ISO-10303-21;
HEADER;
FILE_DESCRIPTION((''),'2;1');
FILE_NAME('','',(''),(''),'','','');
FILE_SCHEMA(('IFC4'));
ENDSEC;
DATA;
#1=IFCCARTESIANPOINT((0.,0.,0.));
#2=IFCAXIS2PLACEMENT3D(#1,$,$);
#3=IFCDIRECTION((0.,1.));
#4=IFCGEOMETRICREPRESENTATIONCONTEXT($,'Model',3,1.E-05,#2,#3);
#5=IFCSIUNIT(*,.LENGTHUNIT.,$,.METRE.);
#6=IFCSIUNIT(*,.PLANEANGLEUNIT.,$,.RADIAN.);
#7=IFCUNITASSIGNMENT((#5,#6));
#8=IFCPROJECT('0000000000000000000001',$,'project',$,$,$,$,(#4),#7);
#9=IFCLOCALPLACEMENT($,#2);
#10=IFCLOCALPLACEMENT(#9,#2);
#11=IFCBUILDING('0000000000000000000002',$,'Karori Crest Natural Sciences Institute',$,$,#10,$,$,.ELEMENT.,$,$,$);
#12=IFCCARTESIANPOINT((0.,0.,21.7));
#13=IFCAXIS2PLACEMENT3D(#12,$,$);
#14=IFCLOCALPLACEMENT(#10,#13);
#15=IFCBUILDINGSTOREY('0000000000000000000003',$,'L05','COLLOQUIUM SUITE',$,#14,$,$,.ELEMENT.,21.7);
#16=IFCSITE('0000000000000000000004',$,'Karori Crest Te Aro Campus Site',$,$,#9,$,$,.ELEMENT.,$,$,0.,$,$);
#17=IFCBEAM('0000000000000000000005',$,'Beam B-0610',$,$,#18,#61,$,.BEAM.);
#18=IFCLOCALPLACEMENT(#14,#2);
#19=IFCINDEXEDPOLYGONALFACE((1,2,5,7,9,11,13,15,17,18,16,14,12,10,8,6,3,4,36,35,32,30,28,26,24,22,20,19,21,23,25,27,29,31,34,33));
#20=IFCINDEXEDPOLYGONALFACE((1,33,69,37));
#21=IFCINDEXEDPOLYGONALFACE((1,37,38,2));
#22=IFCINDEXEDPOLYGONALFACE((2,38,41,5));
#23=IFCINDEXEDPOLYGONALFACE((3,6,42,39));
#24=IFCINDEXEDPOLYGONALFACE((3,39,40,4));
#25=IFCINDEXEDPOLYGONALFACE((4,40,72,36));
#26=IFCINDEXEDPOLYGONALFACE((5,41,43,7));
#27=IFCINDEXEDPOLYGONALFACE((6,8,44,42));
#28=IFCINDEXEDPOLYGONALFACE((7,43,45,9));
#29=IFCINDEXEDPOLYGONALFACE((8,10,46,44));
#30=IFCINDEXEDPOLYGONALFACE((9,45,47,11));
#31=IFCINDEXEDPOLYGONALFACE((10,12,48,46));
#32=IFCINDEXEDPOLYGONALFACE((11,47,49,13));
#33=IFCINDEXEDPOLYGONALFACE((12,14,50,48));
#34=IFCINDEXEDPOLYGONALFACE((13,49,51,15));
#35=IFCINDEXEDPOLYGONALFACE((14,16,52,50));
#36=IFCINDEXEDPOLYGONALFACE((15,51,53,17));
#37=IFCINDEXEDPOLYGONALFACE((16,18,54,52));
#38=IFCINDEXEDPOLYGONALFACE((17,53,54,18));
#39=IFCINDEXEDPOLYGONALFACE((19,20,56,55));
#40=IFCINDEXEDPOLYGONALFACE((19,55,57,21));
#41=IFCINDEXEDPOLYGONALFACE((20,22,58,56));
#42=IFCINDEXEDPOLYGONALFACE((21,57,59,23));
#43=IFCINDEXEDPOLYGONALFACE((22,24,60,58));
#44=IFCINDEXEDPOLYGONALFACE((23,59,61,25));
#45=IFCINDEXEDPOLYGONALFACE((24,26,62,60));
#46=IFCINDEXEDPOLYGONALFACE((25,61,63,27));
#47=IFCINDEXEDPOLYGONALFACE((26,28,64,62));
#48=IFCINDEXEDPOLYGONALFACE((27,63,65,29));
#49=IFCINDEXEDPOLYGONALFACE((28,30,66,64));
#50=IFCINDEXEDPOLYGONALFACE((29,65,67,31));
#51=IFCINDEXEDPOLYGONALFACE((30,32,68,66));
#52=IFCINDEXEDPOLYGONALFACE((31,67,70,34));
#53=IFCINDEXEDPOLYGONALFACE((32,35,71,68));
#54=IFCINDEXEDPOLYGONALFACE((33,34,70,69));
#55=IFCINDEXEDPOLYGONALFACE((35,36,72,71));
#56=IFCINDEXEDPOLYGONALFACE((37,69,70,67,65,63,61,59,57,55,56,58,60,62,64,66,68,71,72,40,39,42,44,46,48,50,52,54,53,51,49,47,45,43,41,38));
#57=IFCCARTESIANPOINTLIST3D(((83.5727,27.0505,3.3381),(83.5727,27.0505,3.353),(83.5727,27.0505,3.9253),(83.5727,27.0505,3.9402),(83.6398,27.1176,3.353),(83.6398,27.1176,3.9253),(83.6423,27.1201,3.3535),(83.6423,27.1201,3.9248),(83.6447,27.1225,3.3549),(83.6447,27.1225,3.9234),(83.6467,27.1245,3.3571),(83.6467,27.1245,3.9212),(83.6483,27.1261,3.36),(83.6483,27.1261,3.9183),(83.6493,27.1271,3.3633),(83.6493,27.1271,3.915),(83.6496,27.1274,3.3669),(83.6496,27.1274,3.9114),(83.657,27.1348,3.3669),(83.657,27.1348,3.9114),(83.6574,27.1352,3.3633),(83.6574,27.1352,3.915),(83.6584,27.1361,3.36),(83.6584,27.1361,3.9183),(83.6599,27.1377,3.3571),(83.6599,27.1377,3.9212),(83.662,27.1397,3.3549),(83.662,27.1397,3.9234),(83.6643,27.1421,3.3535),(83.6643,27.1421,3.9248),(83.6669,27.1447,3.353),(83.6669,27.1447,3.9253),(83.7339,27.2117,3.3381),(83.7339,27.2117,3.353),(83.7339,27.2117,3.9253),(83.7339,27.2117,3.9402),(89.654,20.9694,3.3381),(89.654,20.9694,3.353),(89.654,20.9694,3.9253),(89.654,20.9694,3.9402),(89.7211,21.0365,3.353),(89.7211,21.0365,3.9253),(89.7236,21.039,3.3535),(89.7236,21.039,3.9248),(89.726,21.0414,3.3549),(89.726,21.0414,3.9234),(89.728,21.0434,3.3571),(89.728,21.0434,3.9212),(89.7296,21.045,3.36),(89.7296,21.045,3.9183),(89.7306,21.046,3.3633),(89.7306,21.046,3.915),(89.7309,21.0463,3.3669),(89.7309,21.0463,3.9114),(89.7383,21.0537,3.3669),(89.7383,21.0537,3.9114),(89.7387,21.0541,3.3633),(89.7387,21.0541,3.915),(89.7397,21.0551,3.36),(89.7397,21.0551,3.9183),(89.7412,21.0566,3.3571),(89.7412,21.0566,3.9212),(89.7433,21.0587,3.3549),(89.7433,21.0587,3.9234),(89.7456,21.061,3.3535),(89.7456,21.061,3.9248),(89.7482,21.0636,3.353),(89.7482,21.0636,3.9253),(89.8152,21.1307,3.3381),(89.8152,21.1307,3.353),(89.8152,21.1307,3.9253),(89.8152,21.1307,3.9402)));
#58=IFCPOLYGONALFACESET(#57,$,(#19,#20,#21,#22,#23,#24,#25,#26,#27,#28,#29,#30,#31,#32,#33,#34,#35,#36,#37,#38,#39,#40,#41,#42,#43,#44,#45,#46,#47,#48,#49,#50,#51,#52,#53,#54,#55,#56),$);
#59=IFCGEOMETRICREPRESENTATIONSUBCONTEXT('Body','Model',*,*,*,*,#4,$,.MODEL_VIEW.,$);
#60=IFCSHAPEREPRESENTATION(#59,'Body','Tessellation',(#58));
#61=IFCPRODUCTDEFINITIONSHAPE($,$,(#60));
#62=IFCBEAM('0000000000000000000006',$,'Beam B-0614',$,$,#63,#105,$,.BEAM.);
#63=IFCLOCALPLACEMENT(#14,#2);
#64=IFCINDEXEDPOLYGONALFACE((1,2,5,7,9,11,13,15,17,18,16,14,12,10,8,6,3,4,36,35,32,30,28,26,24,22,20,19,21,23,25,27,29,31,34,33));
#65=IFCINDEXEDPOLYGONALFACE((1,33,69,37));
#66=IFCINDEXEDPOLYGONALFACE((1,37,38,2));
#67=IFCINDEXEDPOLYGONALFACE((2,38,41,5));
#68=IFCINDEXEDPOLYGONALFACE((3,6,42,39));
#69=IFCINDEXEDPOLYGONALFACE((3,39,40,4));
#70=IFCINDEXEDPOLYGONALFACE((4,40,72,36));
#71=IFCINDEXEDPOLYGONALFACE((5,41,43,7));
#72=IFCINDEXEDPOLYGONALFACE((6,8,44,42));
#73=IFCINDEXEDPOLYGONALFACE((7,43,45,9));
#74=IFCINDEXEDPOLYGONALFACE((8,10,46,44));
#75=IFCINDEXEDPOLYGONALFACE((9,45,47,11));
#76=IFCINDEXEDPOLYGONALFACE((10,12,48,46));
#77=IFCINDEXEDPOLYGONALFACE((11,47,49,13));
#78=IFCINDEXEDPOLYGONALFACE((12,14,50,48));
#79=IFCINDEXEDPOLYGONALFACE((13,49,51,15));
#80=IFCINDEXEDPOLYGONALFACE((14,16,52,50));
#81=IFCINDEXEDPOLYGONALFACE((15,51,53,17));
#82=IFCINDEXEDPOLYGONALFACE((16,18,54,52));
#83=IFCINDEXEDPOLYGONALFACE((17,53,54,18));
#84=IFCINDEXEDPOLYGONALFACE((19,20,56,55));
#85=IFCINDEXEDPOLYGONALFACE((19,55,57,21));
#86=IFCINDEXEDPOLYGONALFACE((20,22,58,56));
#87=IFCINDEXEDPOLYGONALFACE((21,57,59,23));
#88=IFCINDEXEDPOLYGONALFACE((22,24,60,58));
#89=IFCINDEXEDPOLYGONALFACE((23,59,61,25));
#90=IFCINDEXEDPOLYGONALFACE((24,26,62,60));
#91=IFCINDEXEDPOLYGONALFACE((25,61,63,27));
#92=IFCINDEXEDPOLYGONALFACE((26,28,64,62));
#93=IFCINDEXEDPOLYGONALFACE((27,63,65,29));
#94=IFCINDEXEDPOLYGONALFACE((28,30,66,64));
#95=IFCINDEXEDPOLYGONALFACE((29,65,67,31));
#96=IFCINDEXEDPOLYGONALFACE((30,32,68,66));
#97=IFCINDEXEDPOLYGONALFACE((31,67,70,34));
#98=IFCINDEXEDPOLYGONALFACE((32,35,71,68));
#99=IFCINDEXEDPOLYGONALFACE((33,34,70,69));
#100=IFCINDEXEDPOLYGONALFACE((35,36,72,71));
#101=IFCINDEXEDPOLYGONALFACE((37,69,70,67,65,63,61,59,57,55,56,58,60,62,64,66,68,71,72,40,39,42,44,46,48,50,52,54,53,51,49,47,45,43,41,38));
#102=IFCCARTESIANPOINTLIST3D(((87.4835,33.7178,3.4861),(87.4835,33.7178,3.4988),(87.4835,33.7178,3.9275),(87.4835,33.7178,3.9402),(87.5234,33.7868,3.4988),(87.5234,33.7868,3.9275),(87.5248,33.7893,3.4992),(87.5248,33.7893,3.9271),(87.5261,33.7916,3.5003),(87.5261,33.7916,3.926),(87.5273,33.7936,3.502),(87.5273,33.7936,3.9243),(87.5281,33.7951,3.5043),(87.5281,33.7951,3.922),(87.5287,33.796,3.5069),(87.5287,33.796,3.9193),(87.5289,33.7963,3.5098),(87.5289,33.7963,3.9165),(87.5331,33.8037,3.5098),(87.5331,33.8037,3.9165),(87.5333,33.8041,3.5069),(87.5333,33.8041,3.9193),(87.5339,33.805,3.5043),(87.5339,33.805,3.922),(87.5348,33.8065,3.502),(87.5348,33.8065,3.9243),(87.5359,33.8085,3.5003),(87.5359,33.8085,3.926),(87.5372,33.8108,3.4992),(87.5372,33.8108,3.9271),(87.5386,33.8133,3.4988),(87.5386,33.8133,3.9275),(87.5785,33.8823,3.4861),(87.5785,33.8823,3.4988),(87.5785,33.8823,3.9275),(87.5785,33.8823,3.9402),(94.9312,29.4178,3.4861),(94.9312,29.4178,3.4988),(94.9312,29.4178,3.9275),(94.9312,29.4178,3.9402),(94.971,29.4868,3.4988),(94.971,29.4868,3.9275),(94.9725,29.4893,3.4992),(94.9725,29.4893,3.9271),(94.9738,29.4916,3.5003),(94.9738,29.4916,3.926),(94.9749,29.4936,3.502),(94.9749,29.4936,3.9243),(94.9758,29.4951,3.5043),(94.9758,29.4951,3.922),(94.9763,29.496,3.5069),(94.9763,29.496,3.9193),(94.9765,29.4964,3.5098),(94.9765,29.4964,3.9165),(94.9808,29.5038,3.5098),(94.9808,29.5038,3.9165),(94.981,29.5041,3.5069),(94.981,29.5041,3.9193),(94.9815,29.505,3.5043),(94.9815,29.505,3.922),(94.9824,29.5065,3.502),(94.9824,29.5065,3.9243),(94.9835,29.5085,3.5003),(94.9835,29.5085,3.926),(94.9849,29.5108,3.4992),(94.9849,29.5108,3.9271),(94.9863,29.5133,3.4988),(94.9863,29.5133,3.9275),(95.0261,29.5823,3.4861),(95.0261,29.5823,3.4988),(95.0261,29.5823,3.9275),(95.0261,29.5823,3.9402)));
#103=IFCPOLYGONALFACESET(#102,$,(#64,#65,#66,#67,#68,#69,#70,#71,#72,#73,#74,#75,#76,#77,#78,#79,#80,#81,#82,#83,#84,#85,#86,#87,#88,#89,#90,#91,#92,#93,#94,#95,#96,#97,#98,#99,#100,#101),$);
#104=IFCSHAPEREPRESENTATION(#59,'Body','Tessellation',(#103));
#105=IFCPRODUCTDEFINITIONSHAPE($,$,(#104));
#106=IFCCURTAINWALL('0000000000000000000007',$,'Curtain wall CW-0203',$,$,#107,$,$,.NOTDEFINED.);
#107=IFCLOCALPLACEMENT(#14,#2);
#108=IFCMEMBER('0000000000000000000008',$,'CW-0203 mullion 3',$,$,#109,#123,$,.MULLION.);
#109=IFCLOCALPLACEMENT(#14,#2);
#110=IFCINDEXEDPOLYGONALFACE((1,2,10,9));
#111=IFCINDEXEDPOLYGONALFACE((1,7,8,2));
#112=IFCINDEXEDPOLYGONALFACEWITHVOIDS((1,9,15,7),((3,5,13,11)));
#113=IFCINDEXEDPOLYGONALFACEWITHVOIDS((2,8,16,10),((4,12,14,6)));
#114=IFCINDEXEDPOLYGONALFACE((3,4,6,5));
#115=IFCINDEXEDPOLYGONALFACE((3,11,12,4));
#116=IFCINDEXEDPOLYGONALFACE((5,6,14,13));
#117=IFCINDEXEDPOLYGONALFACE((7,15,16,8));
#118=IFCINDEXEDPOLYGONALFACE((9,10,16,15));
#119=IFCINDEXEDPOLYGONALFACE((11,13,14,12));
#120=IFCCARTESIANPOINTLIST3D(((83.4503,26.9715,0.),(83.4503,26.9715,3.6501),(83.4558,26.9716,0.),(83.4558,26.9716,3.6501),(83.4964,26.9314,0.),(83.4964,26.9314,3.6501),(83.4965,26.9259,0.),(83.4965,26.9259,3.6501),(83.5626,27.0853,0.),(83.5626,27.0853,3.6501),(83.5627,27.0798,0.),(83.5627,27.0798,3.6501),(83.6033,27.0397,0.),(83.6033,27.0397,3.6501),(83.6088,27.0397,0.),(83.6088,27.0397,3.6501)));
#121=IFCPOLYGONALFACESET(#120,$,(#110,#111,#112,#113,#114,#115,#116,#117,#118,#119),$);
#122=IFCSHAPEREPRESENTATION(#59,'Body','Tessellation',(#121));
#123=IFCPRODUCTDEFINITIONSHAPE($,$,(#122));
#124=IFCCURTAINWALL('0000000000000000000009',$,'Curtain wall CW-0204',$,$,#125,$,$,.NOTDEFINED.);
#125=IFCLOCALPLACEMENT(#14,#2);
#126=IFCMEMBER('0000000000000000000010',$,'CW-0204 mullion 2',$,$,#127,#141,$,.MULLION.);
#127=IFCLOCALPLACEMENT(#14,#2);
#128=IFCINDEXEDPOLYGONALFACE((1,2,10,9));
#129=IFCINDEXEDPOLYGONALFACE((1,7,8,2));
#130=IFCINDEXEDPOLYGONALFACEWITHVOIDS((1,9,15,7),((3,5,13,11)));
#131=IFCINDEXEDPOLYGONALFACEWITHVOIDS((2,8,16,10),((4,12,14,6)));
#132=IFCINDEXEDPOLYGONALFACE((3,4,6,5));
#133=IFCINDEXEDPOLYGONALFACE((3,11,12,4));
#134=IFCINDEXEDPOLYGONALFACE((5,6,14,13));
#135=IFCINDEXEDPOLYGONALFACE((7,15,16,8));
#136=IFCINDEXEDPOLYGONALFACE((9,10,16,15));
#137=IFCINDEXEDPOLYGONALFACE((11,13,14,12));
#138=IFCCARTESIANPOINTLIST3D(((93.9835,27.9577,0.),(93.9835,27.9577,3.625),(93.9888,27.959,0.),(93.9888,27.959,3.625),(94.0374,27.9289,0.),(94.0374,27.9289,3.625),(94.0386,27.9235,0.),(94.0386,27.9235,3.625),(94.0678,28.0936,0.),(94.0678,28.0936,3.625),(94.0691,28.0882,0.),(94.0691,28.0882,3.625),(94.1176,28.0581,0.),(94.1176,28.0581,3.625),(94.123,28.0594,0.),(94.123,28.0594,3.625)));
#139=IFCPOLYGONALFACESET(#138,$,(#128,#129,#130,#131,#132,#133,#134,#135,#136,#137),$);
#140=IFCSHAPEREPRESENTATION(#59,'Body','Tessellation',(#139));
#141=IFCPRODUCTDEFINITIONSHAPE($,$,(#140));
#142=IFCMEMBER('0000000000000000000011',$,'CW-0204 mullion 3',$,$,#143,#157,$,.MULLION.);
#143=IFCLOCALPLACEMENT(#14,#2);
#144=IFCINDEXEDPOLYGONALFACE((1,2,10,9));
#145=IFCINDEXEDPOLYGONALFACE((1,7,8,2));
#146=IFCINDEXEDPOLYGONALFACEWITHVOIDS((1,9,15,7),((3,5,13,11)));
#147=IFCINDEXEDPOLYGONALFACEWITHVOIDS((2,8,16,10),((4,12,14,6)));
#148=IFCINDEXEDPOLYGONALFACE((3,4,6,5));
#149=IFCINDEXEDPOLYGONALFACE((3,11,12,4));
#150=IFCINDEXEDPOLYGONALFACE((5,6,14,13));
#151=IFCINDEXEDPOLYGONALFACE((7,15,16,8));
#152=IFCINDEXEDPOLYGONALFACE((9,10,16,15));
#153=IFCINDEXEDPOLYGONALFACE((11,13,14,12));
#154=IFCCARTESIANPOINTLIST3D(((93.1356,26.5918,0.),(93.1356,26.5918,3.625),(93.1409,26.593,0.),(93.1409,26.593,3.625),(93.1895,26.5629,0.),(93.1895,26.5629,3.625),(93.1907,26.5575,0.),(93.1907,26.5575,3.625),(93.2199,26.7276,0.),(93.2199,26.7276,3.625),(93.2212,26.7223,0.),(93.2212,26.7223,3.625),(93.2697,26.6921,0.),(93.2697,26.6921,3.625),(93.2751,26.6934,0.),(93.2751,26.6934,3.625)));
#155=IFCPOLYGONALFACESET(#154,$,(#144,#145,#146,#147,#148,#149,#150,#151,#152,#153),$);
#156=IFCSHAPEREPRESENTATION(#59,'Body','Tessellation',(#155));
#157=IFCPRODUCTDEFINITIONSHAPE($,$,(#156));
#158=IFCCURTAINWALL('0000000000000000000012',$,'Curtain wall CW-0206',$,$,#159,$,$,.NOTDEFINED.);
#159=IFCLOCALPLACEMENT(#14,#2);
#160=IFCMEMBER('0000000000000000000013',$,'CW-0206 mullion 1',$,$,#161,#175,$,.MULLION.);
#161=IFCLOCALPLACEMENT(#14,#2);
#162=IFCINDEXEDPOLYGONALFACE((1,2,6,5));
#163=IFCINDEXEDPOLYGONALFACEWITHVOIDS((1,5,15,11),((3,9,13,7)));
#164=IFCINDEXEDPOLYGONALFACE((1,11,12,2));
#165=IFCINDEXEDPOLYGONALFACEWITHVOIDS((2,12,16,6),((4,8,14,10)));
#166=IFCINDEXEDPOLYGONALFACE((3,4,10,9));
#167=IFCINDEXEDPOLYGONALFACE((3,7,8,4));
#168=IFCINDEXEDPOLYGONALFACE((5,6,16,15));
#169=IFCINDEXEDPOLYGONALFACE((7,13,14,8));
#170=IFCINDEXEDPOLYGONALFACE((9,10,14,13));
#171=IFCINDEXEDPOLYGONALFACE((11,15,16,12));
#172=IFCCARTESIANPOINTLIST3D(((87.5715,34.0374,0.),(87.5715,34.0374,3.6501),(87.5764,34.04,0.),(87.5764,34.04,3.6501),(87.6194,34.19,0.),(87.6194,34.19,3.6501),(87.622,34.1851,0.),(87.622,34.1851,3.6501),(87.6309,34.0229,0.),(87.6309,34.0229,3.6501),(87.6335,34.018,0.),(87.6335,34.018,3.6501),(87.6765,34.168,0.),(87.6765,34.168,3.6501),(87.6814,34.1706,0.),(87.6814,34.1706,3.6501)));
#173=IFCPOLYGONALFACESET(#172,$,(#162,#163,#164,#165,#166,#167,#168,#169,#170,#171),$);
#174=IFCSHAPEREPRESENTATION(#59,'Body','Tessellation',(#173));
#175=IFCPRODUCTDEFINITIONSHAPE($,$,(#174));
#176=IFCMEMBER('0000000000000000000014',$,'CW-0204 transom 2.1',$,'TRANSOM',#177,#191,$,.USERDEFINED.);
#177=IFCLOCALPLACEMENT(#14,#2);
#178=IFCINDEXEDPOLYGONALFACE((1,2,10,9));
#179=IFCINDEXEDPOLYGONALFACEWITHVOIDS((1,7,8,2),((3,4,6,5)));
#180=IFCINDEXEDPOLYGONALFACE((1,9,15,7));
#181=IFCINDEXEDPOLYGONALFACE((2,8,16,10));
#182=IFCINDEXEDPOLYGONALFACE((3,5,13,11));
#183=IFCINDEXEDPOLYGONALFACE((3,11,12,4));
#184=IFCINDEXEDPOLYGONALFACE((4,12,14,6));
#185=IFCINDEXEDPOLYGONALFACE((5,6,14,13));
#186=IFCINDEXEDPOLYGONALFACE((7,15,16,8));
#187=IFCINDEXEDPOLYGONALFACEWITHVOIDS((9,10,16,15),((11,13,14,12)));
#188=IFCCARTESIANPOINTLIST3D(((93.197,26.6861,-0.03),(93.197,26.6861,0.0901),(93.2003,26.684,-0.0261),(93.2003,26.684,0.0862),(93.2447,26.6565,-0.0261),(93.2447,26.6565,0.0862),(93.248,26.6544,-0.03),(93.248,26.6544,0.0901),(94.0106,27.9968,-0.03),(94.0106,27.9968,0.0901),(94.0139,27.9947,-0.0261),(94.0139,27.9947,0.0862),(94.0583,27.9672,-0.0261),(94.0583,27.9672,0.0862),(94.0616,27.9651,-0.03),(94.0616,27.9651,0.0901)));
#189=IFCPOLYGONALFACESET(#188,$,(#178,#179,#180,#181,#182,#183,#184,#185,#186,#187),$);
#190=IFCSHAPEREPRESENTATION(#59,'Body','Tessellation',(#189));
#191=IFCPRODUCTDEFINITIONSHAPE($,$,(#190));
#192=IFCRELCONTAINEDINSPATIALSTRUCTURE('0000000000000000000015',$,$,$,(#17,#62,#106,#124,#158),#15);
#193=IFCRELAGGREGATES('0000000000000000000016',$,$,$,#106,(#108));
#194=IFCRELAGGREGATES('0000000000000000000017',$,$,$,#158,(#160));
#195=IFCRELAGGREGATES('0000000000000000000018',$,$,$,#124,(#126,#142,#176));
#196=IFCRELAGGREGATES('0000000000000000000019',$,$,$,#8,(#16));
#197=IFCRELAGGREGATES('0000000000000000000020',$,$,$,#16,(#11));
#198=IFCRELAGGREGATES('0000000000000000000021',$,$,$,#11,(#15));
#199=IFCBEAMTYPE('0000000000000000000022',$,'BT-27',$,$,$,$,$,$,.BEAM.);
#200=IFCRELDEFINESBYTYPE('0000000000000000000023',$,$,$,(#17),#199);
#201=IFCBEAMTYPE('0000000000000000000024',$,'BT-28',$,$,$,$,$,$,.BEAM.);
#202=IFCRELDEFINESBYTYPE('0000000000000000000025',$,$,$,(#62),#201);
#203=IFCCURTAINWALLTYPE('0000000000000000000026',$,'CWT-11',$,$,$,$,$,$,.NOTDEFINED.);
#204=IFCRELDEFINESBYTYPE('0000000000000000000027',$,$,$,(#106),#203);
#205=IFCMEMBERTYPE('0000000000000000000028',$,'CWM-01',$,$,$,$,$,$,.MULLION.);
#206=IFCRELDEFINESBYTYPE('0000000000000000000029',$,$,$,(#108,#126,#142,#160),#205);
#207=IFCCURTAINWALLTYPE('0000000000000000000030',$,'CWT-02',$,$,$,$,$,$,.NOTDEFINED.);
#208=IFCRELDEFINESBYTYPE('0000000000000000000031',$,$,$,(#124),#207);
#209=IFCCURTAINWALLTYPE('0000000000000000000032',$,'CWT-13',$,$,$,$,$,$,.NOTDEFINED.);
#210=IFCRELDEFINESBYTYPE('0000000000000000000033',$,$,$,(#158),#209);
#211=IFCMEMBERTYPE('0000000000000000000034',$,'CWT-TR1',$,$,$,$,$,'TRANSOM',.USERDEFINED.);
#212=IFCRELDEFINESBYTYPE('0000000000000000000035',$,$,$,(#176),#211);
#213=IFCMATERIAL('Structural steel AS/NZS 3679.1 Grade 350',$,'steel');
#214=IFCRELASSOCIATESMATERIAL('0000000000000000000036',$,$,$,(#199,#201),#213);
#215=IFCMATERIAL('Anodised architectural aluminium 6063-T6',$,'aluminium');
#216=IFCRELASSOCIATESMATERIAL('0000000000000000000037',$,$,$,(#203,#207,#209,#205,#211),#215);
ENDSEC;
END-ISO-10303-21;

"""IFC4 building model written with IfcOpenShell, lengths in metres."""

from ifc_helpers import new_model, si_unit, direction, frame, origin, origin_2d, place, context, subcontext, project, spatial, hollow_rectangle, i_section, extrude, material, material_profile, profile_set, type_object, element, aggregate, save


model = new_model("IFC4")

# Units and contexts
model_context = context("Model", 3, precision=1e-05, world=origin(), true_north=direction((0.0, 1.0)))
body_context = subcontext(model_context, "Body", "Model", "MODEL_VIEW")
ifc_project = project(units=[si_unit("LENGTHUNIT", "METRE"), si_unit("PLANEANGLEUNIT", "RADIAN")], contexts=[model_context])

# Site, building, storey
site_placement = place(None, origin())
site = spatial("IfcSite", under=ifc_project, at=site_placement, Name="Karori Crest Te Aro Campus Site", CompositionType="ELEMENT", RefElevation=0.0)
building_placement = place(site_placement, origin())
building = spatial("IfcBuilding", under=site, at=building_placement, Name="Karori Crest Natural Sciences Institute", CompositionType="ELEMENT")
storey_placement = place(building_placement, frame((0.0, 0.0, 21.7)))
storey = spatial("IfcBuildingStorey", under=building, at=storey_placement, Name="L05", Description="COLLOQUIUM SUITE", CompositionType="ELEMENT", Elevation=21.7)

# Shared definitions
ifc_material_1 = material(Name="Structural steel AS/NZS 3679.1 Grade 350", Category="steel")

# Beams
ifc_material_profile_1 = material_profile(ifc_material_1, i_section(OverallWidth=0.228, OverallDepth=0.6021, WebThickness=0.0105, FlangeThickness=0.0149, FilletRadius=0.0139, at=origin_2d()), Name="610UB101")
ifc_profile_set_1 = profile_set([ifc_material_profile_1], Name="Structural steel AS/NZS 3679.1 Grade 350")
beam_type_1 = type_object("IfcBeamType", Name="BT-27", PredefinedType="BEAM", material=ifc_profile_set_1)
beam_1_placement = place(storey_placement, frame((83.6533, 27.1311, 3.6392), z_axis=(0.707121, -0.707093, 0.0), x_axis=(0.707093, 0.707121, 0.0)))
element("IfcBeam", 1, at=beam_1_placement, inside=storey, type_object=beam_type_1, Name="Beam B-0610", PredefinedType="BEAM", context=body_context, shape_type="SweptSolid", body=[
    extrude(i_section(OverallWidth=0.228, OverallDepth=0.6021, WebThickness=0.0105, FlangeThickness=0.0149, FilletRadius=0.0139, at=origin_2d()), origin(), (0.0, 0.0, 1.0), 8.6001),
])
ifc_material_profile_2 = material_profile(ifc_material_1, i_section(OverallWidth=0.1899, OverallDepth=0.4541, WebThickness=0.0085, FlangeThickness=0.0127, FilletRadius=0.011, at=origin_2d()), Name="460UB67.1")
ifc_profile_set_2 = profile_set([ifc_material_profile_2], Name="Structural steel AS/NZS 3679.1 Grade 350")
beam_type_2 = type_object("IfcBeamType", Name="BT-28", PredefinedType="BEAM", material=ifc_profile_set_2)
beam_2_placement = place(storey_placement, frame((87.531, 33.8, 3.7131), z_axis=(0.866021, -0.500008, 0.0), x_axis=(0.500008, 0.866021, 0.0)))
element("IfcBeam", 2, at=beam_2_placement, inside=storey, type_object=beam_type_2, Name="Beam B-0614", PredefinedType="BEAM", context=body_context, shape_type="SweptSolid", body=[
    extrude(i_section(OverallWidth=0.1899, OverallDepth=0.4541, WebThickness=0.0085, FlangeThickness=0.0127, FilletRadius=0.011, at=origin_2d()), origin(), (0.0, 0.0, 1.0), 8.5999),
])

# Curtain wall, member
ifc_material_2 = material(Name="Anodised architectural aluminium 6063-T6", Category="aluminium")
curtain_wall_type_1 = type_object("IfcCurtainWallType", Name="CWT-11", PredefinedType="NOTDEFINED", material=ifc_material_2)
curtain_wall_1_placement = place(storey_placement, origin())
curtain_wall_1 = element("IfcCurtainWall", 3, at=curtain_wall_1_placement, inside=storey, type_object=curtain_wall_type_1, Name="Curtain wall CW-0203", PredefinedType="NOTDEFINED")
ifc_material_profile_3 = material_profile(ifc_material_2, hollow_rectangle(XDim=0.0649, YDim=0.1599, WallThickness=0.0039, at=origin_2d()), Name="CWM160x65x4")
ifc_profile_set_3 = profile_set([ifc_material_profile_3], Name="Anodised architectural aluminium 6063-T6")
member_type_1 = type_object("IfcMemberType", Name="CWM-01", PredefinedType="MULLION", material=ifc_profile_set_3)
member_1_placement = place(storey_placement, frame((83.5295, 27.0056, 0.0), z_axis=(0.0, 0.0, 1.0), x_axis=(-0.711525, 0.702661, 0.0)))
member_1 = element("IfcMember", 4, at=member_1_placement, type_object=member_type_1, Name="CW-0203 mullion 3", PredefinedType="MULLION", context=body_context, shape_type="SweptSolid", body=[
    extrude(hollow_rectangle(XDim=0.0649, YDim=0.1599, WallThickness=0.0039, at=origin_2d()), origin(), (0.0, 0.0, 1.0), 3.6501),
])
aggregate(curtain_wall_1, [member_1])

# Curtain wall, members
curtain_wall_type_2 = type_object("IfcCurtainWallType", Name="CWT-02", PredefinedType="NOTDEFINED", material=ifc_material_2)
curtain_wall_2_placement = place(storey_placement, origin())
curtain_wall_2 = element("IfcCurtainWall", 5, at=curtain_wall_2_placement, inside=storey, type_object=curtain_wall_type_2, Name="Curtain wall CW-0204", PredefinedType="NOTDEFINED")
member_2_placement = place(storey_placement, frame((94.0532, 28.0085, 0.0), z_axis=(0.0, 0.0, 1.0), x_axis=(0.849664, -0.527324, 0.0)))
member_2 = element("IfcMember", 6, at=member_2_placement, type_object=member_type_1, Name="CW-0204 mullion 2", PredefinedType="MULLION", context=body_context, shape_type="SweptSolid", body=[
    extrude(hollow_rectangle(XDim=0.0649, YDim=0.1599, WallThickness=0.0039, at=origin_2d()), origin(), (0.0, 0.0, 1.0), 3.625),
])
member_3_placement = place(storey_placement, frame((93.2053, 26.6426, 0.0), z_axis=(0.0, 0.0, 1.0), x_axis=(0.849664, -0.527324, 0.0)))
member_3 = element("IfcMember", 7, at=member_3_placement, type_object=member_type_1, Name="CW-0204 mullion 3", PredefinedType="MULLION", context=body_context, shape_type="SweptSolid", body=[
    extrude(hollow_rectangle(XDim=0.0649, YDim=0.1599, WallThickness=0.0039, at=origin_2d()), origin(), (0.0, 0.0, 1.0), 3.625),
])

# Curtain wall, member
curtain_wall_type_3 = type_object("IfcCurtainWallType", Name="CWT-13", PredefinedType="NOTDEFINED", material=ifc_material_2)
curtain_wall_3_placement = place(storey_placement, origin())
curtain_wall_3 = element("IfcCurtainWall", 8, at=curtain_wall_3_placement, inside=storey, type_object=curtain_wall_type_3, Name="Curtain wall CW-0206", PredefinedType="NOTDEFINED")
member_4_placement = place(storey_placement, frame((87.6265, 34.104, 0.0), z_axis=(0.0, 0.0, 1.0), x_axis=(-0.954104, 0.299475, 0.0)))
member_4 = element("IfcMember", 9, at=member_4_placement, type_object=member_type_1, Name="CW-0206 mullion 1", PredefinedType="MULLION", context=body_context, shape_type="SweptSolid", body=[
    extrude(hollow_rectangle(XDim=0.0649, YDim=0.1599, WallThickness=0.0039, at=origin_2d()), origin(), (0.0, 0.0, 1.0), 3.6501),
])

# Member
ifc_material_profile_4 = material_profile(ifc_material_2, hollow_rectangle(XDim=0.0601, YDim=0.1201, WallThickness=0.0039, at=origin_2d()), Name="CWT120x60x4")
ifc_profile_set_4 = profile_set([ifc_material_profile_4], Name="Anodised architectural aluminium 6063-T6")
member_type_2 = type_object("IfcMemberType", Name="CWT-TR1", ElementType="TRANSOM", PredefinedType="USERDEFINED", material=ifc_profile_set_4)
member_5_placement = place(storey_placement, frame((94.0361, 27.981, 0.03), z_axis=(-0.527422, -0.849603, 0.0), x_axis=(0.849603, -0.527422, 0.0)))
member_5 = element("IfcMember", 10, at=member_5_placement, type_object=member_type_2, Name="CW-0204 transom 2.1", ObjectType="TRANSOM", PredefinedType="USERDEFINED", context=body_context, shape_type="SweptSolid", body=[
    extrude(hollow_rectangle(XDim=0.0601, YDim=0.1201, WallThickness=0.0039, at=origin_2d()), origin(), (0.0, 0.0, 1.0), 1.5427),
])
aggregate(curtain_wall_3, [member_4])

aggregate(curtain_wall_2, [member_2, member_3, member_5])

save(model, "model.ifc")
